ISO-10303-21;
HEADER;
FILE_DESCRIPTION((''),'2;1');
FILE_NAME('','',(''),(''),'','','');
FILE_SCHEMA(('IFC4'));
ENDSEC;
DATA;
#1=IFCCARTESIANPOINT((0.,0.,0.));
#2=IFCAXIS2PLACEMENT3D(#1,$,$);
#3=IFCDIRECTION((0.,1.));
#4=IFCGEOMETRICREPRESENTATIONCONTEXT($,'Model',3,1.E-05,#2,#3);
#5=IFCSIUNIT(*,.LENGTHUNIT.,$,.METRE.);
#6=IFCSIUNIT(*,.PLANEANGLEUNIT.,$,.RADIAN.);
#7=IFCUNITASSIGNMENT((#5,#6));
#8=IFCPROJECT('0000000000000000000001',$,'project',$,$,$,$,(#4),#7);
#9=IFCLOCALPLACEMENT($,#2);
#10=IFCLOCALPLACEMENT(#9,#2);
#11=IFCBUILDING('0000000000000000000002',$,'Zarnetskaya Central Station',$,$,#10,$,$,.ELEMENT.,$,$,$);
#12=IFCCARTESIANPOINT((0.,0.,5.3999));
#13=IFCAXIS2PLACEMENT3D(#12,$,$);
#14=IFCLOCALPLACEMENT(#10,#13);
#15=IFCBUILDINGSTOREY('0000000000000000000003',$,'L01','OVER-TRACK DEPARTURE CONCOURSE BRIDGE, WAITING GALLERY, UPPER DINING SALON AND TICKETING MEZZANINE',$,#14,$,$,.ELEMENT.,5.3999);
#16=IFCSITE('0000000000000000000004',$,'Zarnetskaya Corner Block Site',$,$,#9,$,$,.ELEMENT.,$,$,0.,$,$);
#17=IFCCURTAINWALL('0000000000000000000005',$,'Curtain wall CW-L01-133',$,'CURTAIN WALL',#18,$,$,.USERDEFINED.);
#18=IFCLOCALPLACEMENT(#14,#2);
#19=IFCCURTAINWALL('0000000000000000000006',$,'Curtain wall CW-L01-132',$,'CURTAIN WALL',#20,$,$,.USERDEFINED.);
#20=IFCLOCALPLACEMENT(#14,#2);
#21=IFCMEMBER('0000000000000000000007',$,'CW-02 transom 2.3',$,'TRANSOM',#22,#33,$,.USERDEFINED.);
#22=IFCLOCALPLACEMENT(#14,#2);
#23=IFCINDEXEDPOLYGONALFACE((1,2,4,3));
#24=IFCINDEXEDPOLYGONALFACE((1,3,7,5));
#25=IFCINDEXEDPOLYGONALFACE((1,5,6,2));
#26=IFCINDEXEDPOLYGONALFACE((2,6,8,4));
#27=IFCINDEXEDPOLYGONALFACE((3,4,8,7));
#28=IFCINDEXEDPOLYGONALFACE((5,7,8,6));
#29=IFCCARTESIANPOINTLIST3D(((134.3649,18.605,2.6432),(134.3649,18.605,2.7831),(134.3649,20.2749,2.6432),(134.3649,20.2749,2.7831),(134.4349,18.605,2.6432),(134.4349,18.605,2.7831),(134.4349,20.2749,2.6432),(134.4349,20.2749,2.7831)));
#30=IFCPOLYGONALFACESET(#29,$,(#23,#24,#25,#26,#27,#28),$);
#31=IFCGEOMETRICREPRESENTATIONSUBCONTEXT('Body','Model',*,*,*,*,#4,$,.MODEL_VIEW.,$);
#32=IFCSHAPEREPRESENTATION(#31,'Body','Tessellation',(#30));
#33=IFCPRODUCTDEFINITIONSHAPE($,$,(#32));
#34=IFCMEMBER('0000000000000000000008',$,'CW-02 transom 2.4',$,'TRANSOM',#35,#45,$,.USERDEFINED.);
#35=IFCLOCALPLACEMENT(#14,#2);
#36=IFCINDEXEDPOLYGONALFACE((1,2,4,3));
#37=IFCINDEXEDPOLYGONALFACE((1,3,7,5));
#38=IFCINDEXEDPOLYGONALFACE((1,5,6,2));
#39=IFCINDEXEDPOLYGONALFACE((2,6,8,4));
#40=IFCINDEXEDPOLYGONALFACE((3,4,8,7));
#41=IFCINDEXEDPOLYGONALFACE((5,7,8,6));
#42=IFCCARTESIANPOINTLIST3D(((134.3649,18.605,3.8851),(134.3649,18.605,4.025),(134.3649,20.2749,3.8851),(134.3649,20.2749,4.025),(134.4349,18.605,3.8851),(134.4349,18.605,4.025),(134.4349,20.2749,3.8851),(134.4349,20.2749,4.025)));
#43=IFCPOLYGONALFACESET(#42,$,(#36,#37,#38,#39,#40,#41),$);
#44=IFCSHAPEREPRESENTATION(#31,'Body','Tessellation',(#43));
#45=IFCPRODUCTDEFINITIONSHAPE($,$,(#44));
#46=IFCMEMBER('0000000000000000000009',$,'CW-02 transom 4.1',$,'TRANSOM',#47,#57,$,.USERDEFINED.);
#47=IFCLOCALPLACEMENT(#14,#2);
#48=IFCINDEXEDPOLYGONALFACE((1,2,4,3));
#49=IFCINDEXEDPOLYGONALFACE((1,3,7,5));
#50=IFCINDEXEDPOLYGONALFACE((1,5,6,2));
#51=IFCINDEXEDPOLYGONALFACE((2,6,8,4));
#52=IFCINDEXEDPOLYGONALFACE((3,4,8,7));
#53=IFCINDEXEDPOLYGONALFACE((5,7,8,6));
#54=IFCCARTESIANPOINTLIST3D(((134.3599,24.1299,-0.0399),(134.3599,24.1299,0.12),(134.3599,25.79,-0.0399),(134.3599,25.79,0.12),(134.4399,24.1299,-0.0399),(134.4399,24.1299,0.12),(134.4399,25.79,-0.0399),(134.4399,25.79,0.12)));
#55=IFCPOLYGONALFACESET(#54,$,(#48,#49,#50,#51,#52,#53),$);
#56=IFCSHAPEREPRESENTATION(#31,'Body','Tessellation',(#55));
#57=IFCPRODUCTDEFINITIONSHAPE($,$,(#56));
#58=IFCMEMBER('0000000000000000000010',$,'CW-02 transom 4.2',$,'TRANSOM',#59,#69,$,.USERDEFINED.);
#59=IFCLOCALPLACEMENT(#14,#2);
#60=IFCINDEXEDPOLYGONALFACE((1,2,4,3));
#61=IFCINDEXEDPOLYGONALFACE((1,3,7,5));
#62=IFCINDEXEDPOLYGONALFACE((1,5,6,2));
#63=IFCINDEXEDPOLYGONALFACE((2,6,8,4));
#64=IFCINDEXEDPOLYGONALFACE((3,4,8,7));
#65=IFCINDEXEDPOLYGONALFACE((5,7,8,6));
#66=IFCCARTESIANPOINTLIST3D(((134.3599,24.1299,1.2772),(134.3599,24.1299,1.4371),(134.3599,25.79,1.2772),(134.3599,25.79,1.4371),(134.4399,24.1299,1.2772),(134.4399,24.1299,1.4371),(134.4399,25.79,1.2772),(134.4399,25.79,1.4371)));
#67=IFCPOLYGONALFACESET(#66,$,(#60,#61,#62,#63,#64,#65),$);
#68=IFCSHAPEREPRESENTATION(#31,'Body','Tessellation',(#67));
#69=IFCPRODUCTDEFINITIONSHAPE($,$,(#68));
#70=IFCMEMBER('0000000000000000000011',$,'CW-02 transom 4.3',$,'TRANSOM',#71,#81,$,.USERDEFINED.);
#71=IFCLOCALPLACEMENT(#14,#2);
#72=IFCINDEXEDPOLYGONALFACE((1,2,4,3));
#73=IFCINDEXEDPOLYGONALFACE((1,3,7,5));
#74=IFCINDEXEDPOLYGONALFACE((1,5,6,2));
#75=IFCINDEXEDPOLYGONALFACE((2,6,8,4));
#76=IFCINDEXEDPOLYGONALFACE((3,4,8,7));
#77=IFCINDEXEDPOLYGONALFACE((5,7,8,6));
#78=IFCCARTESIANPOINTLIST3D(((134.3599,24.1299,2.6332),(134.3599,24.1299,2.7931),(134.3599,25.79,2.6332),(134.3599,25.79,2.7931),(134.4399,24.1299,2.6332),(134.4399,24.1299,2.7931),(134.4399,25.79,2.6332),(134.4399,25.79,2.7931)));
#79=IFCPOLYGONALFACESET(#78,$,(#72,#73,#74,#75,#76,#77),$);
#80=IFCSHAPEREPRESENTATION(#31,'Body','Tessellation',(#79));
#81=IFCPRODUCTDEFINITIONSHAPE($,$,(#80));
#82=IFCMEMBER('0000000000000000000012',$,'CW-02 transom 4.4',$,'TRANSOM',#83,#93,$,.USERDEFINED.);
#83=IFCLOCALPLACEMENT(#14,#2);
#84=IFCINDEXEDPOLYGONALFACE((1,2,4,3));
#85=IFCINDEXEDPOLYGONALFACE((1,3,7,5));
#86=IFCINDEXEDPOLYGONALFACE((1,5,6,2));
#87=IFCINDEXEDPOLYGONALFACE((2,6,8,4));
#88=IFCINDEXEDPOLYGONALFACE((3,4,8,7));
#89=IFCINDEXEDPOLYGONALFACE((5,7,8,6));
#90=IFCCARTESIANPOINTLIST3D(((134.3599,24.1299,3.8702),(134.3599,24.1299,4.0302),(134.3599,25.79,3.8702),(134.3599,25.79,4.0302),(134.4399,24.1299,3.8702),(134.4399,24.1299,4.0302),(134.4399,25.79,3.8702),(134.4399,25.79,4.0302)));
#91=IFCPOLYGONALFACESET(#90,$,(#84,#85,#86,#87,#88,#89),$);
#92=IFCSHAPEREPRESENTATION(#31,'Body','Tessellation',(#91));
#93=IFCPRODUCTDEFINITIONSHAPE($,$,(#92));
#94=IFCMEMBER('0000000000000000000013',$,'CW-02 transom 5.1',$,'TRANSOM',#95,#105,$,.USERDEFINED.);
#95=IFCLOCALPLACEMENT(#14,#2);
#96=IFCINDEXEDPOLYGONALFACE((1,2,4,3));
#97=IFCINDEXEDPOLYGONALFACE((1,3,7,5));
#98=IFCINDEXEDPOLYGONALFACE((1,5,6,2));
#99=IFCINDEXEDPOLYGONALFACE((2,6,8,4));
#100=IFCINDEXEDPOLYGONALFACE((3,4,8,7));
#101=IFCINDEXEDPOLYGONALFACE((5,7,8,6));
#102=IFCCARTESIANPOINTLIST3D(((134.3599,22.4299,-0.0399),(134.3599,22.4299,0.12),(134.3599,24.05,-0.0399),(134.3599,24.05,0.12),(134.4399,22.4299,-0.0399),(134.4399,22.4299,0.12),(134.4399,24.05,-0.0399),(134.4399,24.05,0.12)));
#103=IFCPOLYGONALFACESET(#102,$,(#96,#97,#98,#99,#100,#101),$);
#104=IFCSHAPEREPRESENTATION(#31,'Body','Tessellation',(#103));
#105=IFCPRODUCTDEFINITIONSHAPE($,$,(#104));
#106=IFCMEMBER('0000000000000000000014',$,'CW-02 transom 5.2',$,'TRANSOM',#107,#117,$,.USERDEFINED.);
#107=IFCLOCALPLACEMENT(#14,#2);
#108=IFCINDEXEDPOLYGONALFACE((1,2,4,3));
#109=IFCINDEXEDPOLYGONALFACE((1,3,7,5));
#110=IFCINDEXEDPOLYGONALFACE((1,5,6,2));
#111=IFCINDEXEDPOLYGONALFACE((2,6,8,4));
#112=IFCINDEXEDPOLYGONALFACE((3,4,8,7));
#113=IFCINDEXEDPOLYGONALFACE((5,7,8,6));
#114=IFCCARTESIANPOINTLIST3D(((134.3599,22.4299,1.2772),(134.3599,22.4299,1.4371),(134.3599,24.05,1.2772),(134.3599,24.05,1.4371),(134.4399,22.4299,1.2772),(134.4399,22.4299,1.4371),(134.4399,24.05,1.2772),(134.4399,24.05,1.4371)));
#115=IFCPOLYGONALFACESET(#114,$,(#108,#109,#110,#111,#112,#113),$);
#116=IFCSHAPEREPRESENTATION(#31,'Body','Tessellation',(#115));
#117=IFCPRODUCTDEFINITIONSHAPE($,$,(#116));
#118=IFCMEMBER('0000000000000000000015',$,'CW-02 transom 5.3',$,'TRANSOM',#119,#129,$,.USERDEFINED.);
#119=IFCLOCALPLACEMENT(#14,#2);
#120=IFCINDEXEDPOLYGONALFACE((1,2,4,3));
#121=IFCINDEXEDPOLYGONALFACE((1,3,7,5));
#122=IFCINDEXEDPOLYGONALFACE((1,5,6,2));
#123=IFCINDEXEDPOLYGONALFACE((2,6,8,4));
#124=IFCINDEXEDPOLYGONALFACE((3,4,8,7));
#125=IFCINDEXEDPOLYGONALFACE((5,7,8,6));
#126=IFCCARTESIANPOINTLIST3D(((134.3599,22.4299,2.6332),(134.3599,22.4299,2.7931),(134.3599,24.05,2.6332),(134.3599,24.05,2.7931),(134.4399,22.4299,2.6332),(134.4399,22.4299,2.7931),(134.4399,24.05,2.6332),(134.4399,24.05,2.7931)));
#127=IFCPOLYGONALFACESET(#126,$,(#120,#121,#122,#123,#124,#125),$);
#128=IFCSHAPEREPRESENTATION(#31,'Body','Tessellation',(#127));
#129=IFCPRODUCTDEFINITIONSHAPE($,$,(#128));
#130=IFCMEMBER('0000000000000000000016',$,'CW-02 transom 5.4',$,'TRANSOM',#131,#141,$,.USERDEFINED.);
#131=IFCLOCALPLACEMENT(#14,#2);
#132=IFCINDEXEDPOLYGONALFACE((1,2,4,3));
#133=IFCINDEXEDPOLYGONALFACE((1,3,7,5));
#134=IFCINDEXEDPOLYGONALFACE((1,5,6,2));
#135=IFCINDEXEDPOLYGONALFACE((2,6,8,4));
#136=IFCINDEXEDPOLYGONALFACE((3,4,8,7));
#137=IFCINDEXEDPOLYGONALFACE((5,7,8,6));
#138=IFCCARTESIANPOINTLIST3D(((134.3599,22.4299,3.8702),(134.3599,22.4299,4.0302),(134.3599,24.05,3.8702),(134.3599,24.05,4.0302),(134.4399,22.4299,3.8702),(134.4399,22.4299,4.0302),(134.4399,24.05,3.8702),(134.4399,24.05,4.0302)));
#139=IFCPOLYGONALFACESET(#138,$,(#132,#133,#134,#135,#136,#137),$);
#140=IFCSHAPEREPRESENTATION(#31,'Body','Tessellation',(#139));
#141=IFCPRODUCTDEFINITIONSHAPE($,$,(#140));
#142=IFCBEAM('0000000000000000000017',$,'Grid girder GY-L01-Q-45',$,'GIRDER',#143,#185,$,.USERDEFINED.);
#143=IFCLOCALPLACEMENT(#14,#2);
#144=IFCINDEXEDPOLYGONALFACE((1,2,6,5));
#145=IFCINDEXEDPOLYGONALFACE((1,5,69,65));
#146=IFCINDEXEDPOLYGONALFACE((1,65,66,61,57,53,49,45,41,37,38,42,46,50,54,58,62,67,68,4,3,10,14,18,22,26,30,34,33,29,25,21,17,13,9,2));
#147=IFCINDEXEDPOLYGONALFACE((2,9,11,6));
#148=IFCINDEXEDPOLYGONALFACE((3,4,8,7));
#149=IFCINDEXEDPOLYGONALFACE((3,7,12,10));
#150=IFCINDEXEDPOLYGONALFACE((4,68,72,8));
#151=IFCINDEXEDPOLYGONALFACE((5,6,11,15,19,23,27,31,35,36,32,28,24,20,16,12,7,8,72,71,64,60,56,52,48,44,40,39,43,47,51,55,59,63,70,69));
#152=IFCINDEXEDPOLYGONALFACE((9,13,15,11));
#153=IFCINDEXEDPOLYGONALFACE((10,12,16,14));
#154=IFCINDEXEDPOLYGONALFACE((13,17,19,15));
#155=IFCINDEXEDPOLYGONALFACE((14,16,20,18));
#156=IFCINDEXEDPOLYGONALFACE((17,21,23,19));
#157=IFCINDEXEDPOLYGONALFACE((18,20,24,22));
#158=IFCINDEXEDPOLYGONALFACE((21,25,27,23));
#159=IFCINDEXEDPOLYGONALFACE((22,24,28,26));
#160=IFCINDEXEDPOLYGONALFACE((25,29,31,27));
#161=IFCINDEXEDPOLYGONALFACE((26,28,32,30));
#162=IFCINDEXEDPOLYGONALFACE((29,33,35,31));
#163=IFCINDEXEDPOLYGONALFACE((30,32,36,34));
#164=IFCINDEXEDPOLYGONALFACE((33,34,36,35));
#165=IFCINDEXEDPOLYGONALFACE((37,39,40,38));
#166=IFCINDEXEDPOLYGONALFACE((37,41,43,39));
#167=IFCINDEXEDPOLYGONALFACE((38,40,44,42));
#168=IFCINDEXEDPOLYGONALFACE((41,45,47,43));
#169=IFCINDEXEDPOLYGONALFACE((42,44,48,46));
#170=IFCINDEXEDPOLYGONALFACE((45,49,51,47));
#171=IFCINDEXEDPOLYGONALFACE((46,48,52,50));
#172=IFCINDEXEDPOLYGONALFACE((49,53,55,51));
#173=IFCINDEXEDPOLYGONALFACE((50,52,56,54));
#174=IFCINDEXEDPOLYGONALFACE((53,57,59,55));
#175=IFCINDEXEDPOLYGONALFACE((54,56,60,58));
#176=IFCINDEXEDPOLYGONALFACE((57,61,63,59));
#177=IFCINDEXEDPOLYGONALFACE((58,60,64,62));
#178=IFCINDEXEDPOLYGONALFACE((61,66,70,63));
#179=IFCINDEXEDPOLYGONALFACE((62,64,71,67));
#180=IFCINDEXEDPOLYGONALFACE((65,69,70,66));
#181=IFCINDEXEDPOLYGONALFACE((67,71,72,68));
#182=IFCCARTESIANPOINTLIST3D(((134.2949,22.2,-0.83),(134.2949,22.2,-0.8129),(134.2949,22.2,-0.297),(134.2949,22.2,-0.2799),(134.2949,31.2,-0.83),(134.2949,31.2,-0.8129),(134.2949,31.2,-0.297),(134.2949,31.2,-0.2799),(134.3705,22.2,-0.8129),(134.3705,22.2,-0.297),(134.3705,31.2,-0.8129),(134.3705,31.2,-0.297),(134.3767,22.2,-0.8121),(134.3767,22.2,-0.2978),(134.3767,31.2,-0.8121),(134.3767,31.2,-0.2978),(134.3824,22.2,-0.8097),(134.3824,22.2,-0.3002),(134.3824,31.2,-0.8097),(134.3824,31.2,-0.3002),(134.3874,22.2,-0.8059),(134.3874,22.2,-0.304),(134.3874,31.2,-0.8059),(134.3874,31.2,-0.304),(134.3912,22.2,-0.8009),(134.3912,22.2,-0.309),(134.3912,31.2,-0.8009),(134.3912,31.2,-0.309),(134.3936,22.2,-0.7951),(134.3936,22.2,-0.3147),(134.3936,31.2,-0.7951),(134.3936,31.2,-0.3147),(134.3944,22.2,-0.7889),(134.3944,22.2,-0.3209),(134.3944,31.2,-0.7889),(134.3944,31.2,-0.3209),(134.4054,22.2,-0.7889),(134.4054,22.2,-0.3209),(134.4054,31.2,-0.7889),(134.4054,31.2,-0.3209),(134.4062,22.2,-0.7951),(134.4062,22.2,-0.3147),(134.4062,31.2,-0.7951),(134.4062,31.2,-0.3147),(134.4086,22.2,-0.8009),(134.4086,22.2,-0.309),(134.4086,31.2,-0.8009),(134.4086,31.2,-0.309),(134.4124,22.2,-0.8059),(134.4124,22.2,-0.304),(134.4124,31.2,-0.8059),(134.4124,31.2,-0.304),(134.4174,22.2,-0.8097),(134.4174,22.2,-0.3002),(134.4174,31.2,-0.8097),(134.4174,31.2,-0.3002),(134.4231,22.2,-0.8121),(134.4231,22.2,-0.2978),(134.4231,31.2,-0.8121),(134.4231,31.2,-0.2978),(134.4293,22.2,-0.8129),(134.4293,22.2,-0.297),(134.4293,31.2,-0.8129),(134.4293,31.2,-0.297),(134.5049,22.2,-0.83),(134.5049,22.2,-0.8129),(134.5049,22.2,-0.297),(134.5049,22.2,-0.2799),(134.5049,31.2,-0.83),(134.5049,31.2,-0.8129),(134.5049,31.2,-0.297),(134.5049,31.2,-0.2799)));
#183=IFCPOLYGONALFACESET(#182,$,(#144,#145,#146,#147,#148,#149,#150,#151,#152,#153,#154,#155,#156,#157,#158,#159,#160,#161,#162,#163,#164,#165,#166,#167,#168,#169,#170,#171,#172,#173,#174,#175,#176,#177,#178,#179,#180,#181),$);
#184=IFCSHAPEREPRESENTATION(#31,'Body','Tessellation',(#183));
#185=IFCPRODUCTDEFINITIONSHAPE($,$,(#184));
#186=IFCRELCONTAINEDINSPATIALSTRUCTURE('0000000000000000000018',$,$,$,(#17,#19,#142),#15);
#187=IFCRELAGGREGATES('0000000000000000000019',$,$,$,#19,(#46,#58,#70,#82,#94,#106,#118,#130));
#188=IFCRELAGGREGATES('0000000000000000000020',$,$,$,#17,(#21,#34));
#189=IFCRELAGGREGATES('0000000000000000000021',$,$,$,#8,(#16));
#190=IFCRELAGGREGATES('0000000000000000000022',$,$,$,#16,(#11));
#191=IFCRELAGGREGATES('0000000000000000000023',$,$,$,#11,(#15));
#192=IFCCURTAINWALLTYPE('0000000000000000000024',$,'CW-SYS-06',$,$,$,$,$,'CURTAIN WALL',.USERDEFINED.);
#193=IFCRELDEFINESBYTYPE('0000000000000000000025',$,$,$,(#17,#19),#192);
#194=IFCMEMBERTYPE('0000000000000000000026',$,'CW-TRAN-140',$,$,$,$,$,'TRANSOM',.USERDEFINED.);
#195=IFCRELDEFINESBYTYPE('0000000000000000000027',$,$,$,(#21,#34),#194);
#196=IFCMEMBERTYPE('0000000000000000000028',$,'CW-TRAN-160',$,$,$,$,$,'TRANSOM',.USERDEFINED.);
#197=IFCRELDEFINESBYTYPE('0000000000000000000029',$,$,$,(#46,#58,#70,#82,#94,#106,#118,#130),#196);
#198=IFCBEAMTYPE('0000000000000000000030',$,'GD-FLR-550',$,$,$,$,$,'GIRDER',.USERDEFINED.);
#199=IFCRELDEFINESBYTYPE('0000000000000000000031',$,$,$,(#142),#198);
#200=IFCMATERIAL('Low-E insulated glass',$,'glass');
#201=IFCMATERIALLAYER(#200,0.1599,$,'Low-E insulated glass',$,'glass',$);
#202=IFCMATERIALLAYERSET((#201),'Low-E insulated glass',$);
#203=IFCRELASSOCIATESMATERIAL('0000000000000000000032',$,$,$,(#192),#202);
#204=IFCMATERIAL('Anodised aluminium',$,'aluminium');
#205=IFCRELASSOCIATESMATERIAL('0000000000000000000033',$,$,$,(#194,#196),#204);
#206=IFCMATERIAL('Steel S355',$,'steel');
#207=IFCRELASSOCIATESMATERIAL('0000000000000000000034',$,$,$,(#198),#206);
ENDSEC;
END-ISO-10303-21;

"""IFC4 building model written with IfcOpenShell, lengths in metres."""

from ifc_helpers import new_model, si_unit, direction, frame, origin, origin_2d, place, context, subcontext, project, spatial, rectangle, i_section, extrude, material, layer, layer_set, material_profile, profile_set, type_object, element, aggregate, save


model = new_model("IFC4")

# Units and contexts
model_context = context("Model", 3, precision=1e-05, world=origin(), true_north=direction((0.0, 1.0)))
body_context = subcontext(model_context, "Body", "Model", "MODEL_VIEW")
ifc_project = project(units=[si_unit("LENGTHUNIT", "METRE"), si_unit("PLANEANGLEUNIT", "RADIAN")], contexts=[model_context])

# Site, building, storey
site_placement = place(None, origin())
site = spatial("IfcSite", under=ifc_project, at=site_placement, Name="Zarnetskaya Corner Block Site", CompositionType="ELEMENT", RefElevation=0.0)
building_placement = place(site_placement, origin())
building = spatial("IfcBuilding", under=site, at=building_placement, Name="Zarnetskaya Central Station", CompositionType="ELEMENT")
storey_placement = place(building_placement, frame((0.0, 0.0, 5.3999)))
storey = spatial("IfcBuildingStorey", under=building, at=storey_placement, Name="L01", Description="OVER-TRACK DEPARTURE CONCOURSE BRIDGE, WAITING GALLERY, UPPER DINING SALON AND TICKETING MEZZANINE", CompositionType="ELEMENT", Elevation=5.3999)

# Shared definitions
ifc_material_1 = material(Name="Steel S355", Category="steel")

# Curtain walls
ifc_material_2 = material(Name="Low-E insulated glass", Category="glass")
ifc_layer_1 = layer(ifc_material_2, 0.1599, Name="Low-E insulated glass", Category="glass")
ifc_layer_set_1 = layer_set([ifc_layer_1], Name="Low-E insulated glass")
curtain_wall_type = type_object("IfcCurtainWallType", Name="CW-SYS-06", ElementType="CURTAIN WALL", PredefinedType="USERDEFINED", material=ifc_layer_set_1)
curtain_wall_1_placement = place(storey_placement, origin())
curtain_wall_1 = element("IfcCurtainWall", 1, at=curtain_wall_1_placement, inside=storey, type_object=curtain_wall_type, Name="Curtain wall CW-L01-133", ObjectType="CURTAIN WALL", PredefinedType="USERDEFINED")
ifc_material_3 = material(Name="Anodised aluminium", Category="aluminium")
curtain_wall_2_placement = place(storey_placement, origin())
curtain_wall_2 = element("IfcCurtainWall", 2, at=curtain_wall_2_placement, inside=storey, type_object=curtain_wall_type, Name="Curtain wall CW-L01-132", ObjectType="CURTAIN WALL", PredefinedType="USERDEFINED")

# Members
ifc_material_profile_1 = material_profile(ifc_material_3, rectangle(XDim=0.0701, YDim=0.1399, at=origin_2d()), Name="ALU TRAN 70x140")
ifc_profile_set_1 = profile_set([ifc_material_profile_1], Name="Anodised aluminium")
member_type_1 = type_object("IfcMemberType", Name="CW-TRAN-140", ElementType="TRANSOM", PredefinedType="USERDEFINED", material=ifc_profile_set_1)
member_1_placement = place(storey_placement, frame((134.3999, 20.2749, 2.7131), z_axis=(0.0, -1.0, 0.0), x_axis=(1.0, 0.0, 0.0)))
member_1 = element("IfcMember", 3, at=member_1_placement, type_object=member_type_1, Name="CW-02 transom 2.3", ObjectType="TRANSOM", PredefinedType="USERDEFINED", context=body_context, shape_type="SweptSolid", body=[
    extrude(rectangle(XDim=0.0701, YDim=0.1399, at=origin_2d()), origin(), (0.0, 0.0, 1.0), 1.6699),
])
member_2_placement = place(storey_placement, frame((134.3999, 20.2749, 3.9551), z_axis=(0.0, -1.0, 0.0), x_axis=(1.0, 0.0, 0.0)))
member_2 = element("IfcMember", 4, at=member_2_placement, type_object=member_type_1, Name="CW-02 transom 2.4", ObjectType="TRANSOM", PredefinedType="USERDEFINED", context=body_context, shape_type="SweptSolid", body=[
    extrude(rectangle(XDim=0.0701, YDim=0.1399, at=origin_2d()), origin(), (0.0, 0.0, 1.0), 1.6699),
])
ifc_material_profile_2 = material_profile(ifc_material_3, rectangle(XDim=0.0801, YDim=0.1599, at=origin_2d()), Name="ALU TRAN 80x160")
ifc_profile_set_2 = profile_set([ifc_material_profile_2], Name="Anodised aluminium")
member_type_2 = type_object("IfcMemberType", Name="CW-TRAN-160", ElementType="TRANSOM", PredefinedType="USERDEFINED", material=ifc_profile_set_2)
member_3_placement = place(storey_placement, frame((134.3999, 25.79, 0.04), z_axis=(0.0, -1.0, 0.0), x_axis=(1.0, 0.0, 0.0)))
member_3 = element("IfcMember", 5, at=member_3_placement, type_object=member_type_2, Name="CW-02 transom 4.1", ObjectType="TRANSOM", PredefinedType="USERDEFINED", context=body_context, shape_type="SweptSolid", body=[
    extrude(rectangle(XDim=0.0801, YDim=0.1599, at=origin_2d()), origin(), (0.0, 0.0, 1.0), 1.6602),
])
member_4_placement = place(storey_placement, frame((134.3999, 25.79, 1.3572), z_axis=(0.0, -1.0, 0.0), x_axis=(1.0, 0.0, 0.0)))
member_4 = element("IfcMember", 6, at=member_4_placement, type_object=member_type_2, Name="CW-02 transom 4.2", ObjectType="TRANSOM", PredefinedType="USERDEFINED", context=body_context, shape_type="SweptSolid", body=[
    extrude(rectangle(XDim=0.0801, YDim=0.1599, at=origin_2d()), origin(), (0.0, 0.0, 1.0), 1.6602),
])
member_5_placement = place(storey_placement, frame((134.3999, 25.79, 2.7131), z_axis=(0.0, -1.0, 0.0), x_axis=(1.0, 0.0, 0.0)))
member_5 = element("IfcMember", 7, at=member_5_placement, type_object=member_type_2, Name="CW-02 transom 4.3", ObjectType="TRANSOM", PredefinedType="USERDEFINED", context=body_context, shape_type="SweptSolid", body=[
    extrude(rectangle(XDim=0.0801, YDim=0.1599, at=origin_2d()), origin(), (0.0, 0.0, 1.0), 1.6602),
])
member_6_placement = place(storey_placement, frame((134.3999, 25.79, 3.9502), z_axis=(0.0, -1.0, 0.0), x_axis=(1.0, 0.0, 0.0)))
member_6 = element("IfcMember", 8, at=member_6_placement, type_object=member_type_2, Name="CW-02 transom 4.4", ObjectType="TRANSOM", PredefinedType="USERDEFINED", context=body_context, shape_type="SweptSolid", body=[
    extrude(rectangle(XDim=0.0801, YDim=0.1599, at=origin_2d()), origin(), (0.0, 0.0, 1.0), 1.6602),
])
member_7_placement = place(storey_placement, frame((134.3999, 24.05, 0.04), z_axis=(0.0, -1.0, 0.0), x_axis=(1.0, 0.0, 0.0)))
member_7 = element("IfcMember", 9, at=member_7_placement, type_object=member_type_2, Name="CW-02 transom 5.1", ObjectType="TRANSOM", PredefinedType="USERDEFINED", context=body_context, shape_type="SweptSolid", body=[
    extrude(rectangle(XDim=0.0801, YDim=0.1599, at=origin_2d()), origin(), (0.0, 0.0, 1.0), 1.6201),
])
member_8_placement = place(storey_placement, frame((134.3999, 24.05, 1.3572), z_axis=(0.0, -1.0, 0.0), x_axis=(1.0, 0.0, 0.0)))
member_8 = element("IfcMember", 10, at=member_8_placement, type_object=member_type_2, Name="CW-02 transom 5.2", ObjectType="TRANSOM", PredefinedType="USERDEFINED", context=body_context, shape_type="SweptSolid", body=[
    extrude(rectangle(XDim=0.0801, YDim=0.1599, at=origin_2d()), origin(), (0.0, 0.0, 1.0), 1.6201),
])
member_9_placement = place(storey_placement, frame((134.3999, 24.05, 2.7131), z_axis=(0.0, -1.0, 0.0), x_axis=(1.0, 0.0, 0.0)))
member_9 = element("IfcMember", 11, at=member_9_placement, type_object=member_type_2, Name="CW-02 transom 5.3", ObjectType="TRANSOM", PredefinedType="USERDEFINED", context=body_context, shape_type="SweptSolid", body=[
    extrude(rectangle(XDim=0.0801, YDim=0.1599, at=origin_2d()), origin(), (0.0, 0.0, 1.0), 1.6201),
])
member_10_placement = place(storey_placement, frame((134.3999, 24.05, 3.9502), z_axis=(0.0, -1.0, 0.0), x_axis=(1.0, 0.0, 0.0)))
member_10 = element("IfcMember", 12, at=member_10_placement, type_object=member_type_2, Name="CW-02 transom 5.4", ObjectType="TRANSOM", PredefinedType="USERDEFINED", context=body_context, shape_type="SweptSolid", body=[
    extrude(rectangle(XDim=0.0801, YDim=0.1599, at=origin_2d()), origin(), (0.0, 0.0, 1.0), 1.6201),
])

# Beam
ifc_material_profile_3 = material_profile(ifc_material_1, i_section(OverallWidth=0.21, OverallDepth=0.55, WebThickness=0.011, FlangeThickness=0.0171, FilletRadius=0.0239, at=origin_2d()), Name="IPE 550")
ifc_profile_set_3 = profile_set([ifc_material_profile_3], Name="Steel S355")
beam_type = type_object("IfcBeamType", Name="GD-FLR-550", ElementType="GIRDER", PredefinedType="USERDEFINED", material=ifc_profile_set_3)
beam_placement = place(storey_placement, frame((134.3999, 22.2, -0.5549), z_axis=(0.0, 1.0, 0.0), x_axis=(-1.0, 0.0, 0.0)))
element("IfcBeam", 13, at=beam_placement, inside=storey, type_object=beam_type, Name="Grid girder GY-L01-Q-45", ObjectType="GIRDER", PredefinedType="USERDEFINED", context=body_context, shape_type="SweptSolid", body=[
    extrude(i_section(OverallWidth=0.21, OverallDepth=0.55, WebThickness=0.011, FlangeThickness=0.0171, FilletRadius=0.0239, at=origin_2d()), origin(), (0.0, 0.0, 1.0), 9.0),
])

aggregate(curtain_wall_2, [member_3, member_4, member_5, member_6, member_7, member_8, member_9, member_10])
aggregate(curtain_wall_1, [member_1, member_2])

save(model, "model.ifc")
